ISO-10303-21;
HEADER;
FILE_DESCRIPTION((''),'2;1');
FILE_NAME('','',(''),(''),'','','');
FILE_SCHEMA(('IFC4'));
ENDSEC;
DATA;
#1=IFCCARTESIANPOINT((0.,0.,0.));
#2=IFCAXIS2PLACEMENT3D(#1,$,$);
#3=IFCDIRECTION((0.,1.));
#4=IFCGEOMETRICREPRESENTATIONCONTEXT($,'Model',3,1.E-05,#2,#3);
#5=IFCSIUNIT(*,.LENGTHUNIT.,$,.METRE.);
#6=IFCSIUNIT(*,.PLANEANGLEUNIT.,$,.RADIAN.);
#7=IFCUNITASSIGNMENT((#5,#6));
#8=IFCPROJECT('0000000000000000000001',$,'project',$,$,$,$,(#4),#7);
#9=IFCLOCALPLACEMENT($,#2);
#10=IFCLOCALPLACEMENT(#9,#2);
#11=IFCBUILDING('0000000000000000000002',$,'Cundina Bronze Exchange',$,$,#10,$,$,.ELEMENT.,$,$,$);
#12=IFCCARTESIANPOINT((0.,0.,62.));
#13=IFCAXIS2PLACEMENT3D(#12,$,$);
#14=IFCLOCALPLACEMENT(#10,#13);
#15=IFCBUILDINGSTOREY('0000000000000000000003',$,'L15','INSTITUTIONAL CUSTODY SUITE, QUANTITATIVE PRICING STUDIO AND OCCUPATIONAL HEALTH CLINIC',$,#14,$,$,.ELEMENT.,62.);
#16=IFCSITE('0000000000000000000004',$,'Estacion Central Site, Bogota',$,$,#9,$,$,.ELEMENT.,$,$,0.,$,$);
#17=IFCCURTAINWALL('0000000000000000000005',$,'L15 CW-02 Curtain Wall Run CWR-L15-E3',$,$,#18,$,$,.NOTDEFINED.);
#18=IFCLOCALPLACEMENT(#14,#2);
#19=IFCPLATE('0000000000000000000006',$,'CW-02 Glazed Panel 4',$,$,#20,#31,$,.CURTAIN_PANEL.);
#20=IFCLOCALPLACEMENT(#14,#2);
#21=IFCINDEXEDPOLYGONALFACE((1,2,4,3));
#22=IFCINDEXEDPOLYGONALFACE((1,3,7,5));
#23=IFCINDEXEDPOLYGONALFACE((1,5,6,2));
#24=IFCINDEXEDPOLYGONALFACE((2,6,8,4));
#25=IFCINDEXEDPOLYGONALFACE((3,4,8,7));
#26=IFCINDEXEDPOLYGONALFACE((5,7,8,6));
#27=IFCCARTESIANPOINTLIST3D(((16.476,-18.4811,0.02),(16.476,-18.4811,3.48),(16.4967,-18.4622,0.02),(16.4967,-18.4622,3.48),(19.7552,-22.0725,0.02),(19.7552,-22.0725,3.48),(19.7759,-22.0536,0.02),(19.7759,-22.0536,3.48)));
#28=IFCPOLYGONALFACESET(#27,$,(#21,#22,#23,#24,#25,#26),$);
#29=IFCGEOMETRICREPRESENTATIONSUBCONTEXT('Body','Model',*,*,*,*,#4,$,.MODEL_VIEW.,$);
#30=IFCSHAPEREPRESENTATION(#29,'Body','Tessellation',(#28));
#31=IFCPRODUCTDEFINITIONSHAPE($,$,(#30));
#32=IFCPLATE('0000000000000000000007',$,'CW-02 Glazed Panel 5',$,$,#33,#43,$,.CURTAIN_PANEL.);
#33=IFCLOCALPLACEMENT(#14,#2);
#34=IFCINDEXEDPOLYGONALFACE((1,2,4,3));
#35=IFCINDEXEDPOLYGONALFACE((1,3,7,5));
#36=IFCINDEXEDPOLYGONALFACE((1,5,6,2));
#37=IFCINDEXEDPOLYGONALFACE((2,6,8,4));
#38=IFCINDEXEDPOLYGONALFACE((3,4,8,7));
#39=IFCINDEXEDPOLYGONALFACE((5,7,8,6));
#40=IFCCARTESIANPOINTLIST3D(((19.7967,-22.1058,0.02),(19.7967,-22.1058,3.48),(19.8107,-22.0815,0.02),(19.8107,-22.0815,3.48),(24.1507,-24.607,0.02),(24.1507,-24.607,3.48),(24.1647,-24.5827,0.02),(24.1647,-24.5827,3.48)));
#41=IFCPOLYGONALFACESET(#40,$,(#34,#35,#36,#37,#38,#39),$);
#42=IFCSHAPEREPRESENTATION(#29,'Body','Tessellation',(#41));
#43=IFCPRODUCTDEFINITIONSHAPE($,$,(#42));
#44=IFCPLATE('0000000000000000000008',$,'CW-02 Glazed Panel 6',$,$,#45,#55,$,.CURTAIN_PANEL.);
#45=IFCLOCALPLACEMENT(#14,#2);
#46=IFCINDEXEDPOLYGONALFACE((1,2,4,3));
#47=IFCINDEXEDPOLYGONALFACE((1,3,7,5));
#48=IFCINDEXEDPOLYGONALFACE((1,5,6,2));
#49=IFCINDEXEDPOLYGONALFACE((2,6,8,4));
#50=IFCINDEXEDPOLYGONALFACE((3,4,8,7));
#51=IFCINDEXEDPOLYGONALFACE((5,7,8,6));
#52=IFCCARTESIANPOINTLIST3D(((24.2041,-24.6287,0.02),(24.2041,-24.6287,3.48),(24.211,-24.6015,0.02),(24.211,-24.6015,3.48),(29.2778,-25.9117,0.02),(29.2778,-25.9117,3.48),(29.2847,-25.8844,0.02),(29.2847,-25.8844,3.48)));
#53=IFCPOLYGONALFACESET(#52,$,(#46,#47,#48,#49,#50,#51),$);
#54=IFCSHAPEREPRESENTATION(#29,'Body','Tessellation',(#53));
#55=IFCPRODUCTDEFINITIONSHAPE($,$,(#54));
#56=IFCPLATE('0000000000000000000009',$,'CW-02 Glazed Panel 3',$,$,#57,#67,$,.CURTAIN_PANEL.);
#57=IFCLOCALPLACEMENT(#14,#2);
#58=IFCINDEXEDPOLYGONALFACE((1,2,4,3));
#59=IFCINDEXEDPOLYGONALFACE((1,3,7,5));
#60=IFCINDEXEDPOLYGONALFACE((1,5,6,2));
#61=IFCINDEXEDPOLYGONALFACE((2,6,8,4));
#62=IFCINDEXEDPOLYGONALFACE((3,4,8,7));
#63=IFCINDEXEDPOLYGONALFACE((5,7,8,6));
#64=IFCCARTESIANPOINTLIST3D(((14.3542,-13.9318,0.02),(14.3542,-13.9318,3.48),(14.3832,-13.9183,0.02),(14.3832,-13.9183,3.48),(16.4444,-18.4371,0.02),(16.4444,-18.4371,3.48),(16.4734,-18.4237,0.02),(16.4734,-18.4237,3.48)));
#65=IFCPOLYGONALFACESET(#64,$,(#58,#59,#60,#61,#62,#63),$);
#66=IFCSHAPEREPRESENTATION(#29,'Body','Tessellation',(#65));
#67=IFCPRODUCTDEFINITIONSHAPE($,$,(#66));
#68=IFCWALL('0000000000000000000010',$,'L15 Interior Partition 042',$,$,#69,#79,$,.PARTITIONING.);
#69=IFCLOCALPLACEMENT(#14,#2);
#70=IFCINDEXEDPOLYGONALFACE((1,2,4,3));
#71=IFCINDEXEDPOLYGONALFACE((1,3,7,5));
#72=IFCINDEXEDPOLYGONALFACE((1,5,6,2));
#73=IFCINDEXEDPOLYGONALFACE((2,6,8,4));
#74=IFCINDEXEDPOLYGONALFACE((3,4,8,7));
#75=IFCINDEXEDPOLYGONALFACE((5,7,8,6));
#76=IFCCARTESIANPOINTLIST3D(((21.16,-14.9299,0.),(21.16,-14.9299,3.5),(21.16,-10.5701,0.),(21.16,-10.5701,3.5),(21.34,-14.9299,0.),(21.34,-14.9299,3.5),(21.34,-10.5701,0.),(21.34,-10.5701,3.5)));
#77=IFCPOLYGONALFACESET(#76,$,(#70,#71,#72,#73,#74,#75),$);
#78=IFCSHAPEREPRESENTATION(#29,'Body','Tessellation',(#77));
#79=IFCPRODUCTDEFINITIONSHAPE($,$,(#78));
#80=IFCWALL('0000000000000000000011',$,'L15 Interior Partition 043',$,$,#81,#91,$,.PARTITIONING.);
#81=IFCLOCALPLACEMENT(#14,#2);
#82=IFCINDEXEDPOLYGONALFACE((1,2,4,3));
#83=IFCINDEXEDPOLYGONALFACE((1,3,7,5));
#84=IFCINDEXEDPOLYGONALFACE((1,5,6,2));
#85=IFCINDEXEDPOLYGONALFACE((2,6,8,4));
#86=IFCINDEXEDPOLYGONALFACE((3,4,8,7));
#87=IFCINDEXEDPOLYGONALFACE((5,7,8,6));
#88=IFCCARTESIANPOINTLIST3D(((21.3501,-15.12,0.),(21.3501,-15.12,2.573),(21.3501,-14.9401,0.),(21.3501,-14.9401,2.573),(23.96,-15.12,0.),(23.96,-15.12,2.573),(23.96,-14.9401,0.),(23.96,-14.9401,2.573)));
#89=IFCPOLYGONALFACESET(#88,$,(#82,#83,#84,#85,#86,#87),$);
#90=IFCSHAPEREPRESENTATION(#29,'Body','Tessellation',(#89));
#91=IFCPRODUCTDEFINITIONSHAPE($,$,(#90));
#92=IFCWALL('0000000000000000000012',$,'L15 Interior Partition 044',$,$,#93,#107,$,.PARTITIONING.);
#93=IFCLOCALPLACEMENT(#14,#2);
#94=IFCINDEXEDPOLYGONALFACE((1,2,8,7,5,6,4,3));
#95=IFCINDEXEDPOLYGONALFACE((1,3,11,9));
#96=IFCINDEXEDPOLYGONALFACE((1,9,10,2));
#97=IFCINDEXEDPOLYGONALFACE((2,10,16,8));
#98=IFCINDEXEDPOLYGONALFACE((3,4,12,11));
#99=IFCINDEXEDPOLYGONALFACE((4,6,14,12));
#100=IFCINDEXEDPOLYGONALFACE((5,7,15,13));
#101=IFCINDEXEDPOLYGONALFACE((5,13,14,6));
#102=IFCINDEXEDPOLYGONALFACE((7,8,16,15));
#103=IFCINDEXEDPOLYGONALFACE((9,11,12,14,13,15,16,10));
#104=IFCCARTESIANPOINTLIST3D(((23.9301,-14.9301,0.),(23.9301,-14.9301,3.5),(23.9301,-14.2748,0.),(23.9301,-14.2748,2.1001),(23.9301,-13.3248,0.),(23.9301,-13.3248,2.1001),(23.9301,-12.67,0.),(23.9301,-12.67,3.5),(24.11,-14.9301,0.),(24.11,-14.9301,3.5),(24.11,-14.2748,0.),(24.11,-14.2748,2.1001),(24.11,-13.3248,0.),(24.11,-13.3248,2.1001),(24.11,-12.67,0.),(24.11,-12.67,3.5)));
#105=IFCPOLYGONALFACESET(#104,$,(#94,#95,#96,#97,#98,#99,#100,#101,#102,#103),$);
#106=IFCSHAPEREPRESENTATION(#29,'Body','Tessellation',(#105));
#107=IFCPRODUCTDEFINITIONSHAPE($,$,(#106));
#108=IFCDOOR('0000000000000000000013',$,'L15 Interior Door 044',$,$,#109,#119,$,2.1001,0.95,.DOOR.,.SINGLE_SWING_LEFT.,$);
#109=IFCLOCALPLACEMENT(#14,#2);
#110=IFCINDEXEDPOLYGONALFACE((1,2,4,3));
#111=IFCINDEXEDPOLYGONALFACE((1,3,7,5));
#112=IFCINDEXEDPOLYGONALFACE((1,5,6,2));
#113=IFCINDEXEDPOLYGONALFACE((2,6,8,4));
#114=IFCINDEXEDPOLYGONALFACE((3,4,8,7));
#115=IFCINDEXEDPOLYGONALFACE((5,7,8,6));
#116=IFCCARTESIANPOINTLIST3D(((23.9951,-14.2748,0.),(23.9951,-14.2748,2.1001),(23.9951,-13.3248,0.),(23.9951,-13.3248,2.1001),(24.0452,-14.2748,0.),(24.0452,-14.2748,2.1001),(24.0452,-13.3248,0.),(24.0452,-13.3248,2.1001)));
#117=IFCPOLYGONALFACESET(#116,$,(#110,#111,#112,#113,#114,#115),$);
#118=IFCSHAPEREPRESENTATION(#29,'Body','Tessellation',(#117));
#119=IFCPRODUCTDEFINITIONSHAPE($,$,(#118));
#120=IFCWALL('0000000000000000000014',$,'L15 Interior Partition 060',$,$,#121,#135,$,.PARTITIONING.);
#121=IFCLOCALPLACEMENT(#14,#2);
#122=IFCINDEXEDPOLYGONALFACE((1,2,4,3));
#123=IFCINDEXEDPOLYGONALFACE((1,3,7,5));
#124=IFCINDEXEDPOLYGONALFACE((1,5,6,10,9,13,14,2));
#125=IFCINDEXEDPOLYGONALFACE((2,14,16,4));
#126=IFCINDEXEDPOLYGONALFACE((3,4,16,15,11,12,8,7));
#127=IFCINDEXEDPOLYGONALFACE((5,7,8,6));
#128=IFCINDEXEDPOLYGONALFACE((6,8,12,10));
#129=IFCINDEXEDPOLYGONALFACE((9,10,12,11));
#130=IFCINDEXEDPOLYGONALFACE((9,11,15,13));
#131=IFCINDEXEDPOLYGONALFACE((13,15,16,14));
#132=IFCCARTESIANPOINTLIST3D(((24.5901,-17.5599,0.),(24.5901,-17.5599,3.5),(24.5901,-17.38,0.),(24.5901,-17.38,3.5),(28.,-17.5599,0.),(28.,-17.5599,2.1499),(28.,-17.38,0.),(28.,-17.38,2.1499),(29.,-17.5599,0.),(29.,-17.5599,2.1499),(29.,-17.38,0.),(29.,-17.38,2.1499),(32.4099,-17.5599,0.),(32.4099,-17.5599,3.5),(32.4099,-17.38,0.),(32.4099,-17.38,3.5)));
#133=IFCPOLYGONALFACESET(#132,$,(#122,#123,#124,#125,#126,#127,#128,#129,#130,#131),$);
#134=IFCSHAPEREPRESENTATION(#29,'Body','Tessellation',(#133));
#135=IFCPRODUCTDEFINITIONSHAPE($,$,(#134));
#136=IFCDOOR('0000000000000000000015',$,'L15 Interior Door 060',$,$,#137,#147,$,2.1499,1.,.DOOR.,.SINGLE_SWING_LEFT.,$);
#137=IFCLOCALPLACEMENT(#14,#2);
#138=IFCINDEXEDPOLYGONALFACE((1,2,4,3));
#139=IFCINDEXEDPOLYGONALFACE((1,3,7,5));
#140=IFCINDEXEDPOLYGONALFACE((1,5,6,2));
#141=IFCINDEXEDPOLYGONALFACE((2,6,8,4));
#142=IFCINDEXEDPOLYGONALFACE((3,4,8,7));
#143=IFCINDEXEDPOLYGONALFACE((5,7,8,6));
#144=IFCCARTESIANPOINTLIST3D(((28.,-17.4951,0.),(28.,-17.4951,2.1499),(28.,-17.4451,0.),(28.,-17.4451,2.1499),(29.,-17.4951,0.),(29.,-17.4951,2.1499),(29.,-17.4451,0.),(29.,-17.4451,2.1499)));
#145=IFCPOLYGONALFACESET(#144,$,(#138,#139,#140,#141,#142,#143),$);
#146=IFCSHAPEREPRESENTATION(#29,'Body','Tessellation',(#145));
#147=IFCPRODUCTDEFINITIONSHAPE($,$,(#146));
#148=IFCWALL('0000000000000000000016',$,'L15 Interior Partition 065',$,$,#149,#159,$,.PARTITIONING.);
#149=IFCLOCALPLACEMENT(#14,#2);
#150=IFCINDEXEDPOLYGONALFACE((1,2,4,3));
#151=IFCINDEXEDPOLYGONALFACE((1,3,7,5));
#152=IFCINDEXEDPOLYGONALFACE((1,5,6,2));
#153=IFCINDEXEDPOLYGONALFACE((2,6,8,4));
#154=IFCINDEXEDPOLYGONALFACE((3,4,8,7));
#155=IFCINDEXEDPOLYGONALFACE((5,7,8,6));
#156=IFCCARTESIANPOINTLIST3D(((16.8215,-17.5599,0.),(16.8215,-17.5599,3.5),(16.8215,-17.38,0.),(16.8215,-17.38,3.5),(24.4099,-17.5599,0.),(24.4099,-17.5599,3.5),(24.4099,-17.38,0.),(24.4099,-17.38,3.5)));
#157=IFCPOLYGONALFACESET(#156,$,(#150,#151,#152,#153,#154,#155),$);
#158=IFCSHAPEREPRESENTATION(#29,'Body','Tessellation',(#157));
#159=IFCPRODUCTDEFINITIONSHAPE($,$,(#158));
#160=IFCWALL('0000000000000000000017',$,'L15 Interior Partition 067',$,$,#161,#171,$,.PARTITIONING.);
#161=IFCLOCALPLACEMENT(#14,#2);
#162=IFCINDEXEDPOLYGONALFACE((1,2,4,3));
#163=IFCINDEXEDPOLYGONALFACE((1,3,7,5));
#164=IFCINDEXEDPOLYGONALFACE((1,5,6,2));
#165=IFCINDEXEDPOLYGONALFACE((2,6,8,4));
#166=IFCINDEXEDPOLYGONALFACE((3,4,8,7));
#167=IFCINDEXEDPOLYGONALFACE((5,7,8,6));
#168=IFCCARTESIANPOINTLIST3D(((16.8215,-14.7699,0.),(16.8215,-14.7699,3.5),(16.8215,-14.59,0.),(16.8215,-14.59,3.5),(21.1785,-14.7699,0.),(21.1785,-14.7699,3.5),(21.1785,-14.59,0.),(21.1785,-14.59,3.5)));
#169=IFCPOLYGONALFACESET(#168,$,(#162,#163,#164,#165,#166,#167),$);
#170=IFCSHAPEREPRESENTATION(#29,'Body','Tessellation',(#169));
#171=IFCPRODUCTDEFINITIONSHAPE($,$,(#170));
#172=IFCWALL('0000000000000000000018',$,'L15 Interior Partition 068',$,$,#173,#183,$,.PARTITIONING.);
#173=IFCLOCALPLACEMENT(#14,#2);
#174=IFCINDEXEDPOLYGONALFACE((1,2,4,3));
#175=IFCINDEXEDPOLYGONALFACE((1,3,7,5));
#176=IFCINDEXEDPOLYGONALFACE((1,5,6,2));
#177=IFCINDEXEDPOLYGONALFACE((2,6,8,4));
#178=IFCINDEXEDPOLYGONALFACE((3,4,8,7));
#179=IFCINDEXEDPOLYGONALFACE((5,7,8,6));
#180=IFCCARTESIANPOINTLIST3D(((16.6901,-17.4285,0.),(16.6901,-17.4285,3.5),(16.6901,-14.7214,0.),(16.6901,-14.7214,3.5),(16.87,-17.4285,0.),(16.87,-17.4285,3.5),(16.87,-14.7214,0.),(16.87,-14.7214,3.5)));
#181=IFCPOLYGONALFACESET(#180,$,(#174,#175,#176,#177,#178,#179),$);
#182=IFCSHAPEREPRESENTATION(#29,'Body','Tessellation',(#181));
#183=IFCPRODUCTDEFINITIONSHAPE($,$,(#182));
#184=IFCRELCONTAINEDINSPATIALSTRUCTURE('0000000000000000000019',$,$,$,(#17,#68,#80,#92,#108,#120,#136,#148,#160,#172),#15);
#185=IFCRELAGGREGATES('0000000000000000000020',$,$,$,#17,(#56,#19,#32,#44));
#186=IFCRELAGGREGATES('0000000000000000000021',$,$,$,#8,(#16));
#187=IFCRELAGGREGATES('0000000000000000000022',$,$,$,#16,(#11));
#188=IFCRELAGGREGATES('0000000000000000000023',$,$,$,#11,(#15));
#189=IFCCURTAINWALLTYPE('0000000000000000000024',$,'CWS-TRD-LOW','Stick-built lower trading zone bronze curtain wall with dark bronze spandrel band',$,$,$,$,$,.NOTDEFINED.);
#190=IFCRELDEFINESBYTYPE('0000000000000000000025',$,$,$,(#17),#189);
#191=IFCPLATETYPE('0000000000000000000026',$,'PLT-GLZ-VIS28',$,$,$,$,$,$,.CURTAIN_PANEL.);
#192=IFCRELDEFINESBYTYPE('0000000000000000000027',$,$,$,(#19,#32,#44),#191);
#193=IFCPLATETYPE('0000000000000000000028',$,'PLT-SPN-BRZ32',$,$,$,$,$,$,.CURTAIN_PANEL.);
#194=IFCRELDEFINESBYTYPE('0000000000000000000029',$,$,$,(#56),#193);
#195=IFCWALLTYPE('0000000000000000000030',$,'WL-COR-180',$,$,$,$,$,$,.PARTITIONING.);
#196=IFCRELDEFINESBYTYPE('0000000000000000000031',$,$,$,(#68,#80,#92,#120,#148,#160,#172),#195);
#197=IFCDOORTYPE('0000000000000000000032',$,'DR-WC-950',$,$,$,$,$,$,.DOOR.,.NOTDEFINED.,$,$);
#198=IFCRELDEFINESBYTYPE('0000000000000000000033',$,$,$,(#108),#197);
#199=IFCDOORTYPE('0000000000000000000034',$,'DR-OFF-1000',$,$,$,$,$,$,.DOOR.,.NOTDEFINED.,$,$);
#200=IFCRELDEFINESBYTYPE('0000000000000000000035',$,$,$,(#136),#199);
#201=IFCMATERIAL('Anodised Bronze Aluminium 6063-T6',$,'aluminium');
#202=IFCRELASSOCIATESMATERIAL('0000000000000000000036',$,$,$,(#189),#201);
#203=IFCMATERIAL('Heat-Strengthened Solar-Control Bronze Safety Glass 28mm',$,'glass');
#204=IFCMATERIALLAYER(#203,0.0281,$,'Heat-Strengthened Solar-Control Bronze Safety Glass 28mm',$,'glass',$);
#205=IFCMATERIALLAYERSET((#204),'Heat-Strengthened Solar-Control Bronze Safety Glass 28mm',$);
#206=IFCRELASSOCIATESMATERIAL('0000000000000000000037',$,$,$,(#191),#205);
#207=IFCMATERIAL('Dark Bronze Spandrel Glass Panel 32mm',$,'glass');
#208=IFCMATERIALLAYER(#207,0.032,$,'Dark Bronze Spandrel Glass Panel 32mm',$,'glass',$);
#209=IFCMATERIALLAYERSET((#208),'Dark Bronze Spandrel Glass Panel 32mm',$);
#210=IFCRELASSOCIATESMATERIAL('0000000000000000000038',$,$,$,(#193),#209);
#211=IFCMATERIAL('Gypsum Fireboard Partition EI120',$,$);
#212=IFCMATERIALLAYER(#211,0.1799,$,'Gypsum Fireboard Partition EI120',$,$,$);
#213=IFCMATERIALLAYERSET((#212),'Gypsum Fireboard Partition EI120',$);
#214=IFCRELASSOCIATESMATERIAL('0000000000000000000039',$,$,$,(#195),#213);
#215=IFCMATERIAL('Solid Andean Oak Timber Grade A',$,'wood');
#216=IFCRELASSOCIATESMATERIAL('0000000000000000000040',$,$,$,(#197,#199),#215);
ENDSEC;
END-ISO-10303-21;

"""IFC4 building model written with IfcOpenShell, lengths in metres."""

from ifc_helpers import new_model, si_unit, direction, frame, frame_2d, origin, origin_2d, place, context, subcontext, project, spatial, rectangle, extrude, material, layer, layer_set, type_object, element, fill, aggregate, save


model = new_model("IFC4")

# Units and contexts
model_context = context("Model", 3, precision=1e-05, world=origin(), true_north=direction((0.0, 1.0)))
body_context = subcontext(model_context, "Body", "Model", "MODEL_VIEW")
ifc_project = project(units=[si_unit("LENGTHUNIT", "METRE"), si_unit("PLANEANGLEUNIT", "RADIAN")], contexts=[model_context])

# Site, building, storey
site_placement = place(None, origin())
site = spatial("IfcSite", under=ifc_project, at=site_placement, Name="Estacion Central Site, Bogota", CompositionType="ELEMENT", RefElevation=0.0)
building_placement = place(site_placement, origin())
building = spatial("IfcBuilding", under=site, at=building_placement, Name="Cundina Bronze Exchange", CompositionType="ELEMENT")
storey_placement = place(building_placement, frame((0.0, 0.0, 62.0)))
storey = spatial("IfcBuildingStorey", under=building, at=storey_placement, Name="L15", Description="INSTITUTIONAL CUSTODY SUITE, QUANTITATIVE PRICING STUDIO AND OCCUPATIONAL HEALTH CLINIC", CompositionType="ELEMENT", Elevation=62.0)

# Curtain wall, plates
ifc_material_1 = material(Name="Anodised Bronze Aluminium 6063-T6", Category="aluminium")
curtain_wall_type = type_object("IfcCurtainWallType", Name="CWS-TRD-LOW", Description="Stick-built lower trading zone bronze curtain wall with dark bronze spandrel band", PredefinedType="NOTDEFINED", material=ifc_material_1)
curtain_wall_placement = place(storey_placement, origin())
curtain_wall = element("IfcCurtainWall", 1, at=curtain_wall_placement, inside=storey, type_object=curtain_wall_type, Name="L15 CW-02 Curtain Wall Run CWR-L15-E3", PredefinedType="NOTDEFINED")
ifc_material_2 = material(Name="Heat-Strengthened Solar-Control Bronze Safety Glass 28mm", Category="glass")
ifc_layer_1 = layer(ifc_material_2, 0.0281, Name="Heat-Strengthened Solar-Control Bronze Safety Glass 28mm", Category="glass")
ifc_layer_set_1 = layer_set([ifc_layer_1], Name="Heat-Strengthened Solar-Control Bronze Safety Glass 28mm")
plate_type_1 = type_object("IfcPlateType", Name="PLT-GLZ-VIS28", PredefinedType="CURTAIN_PANEL", material=ifc_layer_set_1)
plate_1_placement = place(storey_placement, frame((18.126, -20.2673, 0.02), z_axis=(0.0, 0.0, 1.0), x_axis=(0.674277, -0.738479, 0.0)))
plate_1 = element("IfcPlate", 2, at=plate_1_placement, type_object=plate_type_1, Name="CW-02 Glazed Panel 4", PredefinedType="CURTAIN_PANEL", context=body_context, shape_type="SweptSolid", body=[
    extrude(rectangle(XDim=4.8633, YDim=0.0281, at=origin_2d()), origin(), (0.0, 0.0, 1.0), 3.46),
])
plate_2_placement = place(storey_placement, frame((21.9807, -23.3442, 0.02), z_axis=(0.0, 0.0, 1.0), x_axis=(0.867105, -0.498125, 0.0)))
plate_2 = element("IfcPlate", 3, at=plate_2_placement, type_object=plate_type_1, Name="CW-02 Glazed Panel 5", PredefinedType="CURTAIN_PANEL", context=body_context, shape_type="SweptSolid", body=[
    extrude(rectangle(XDim=5.0212, YDim=0.0281, at=origin_2d()), origin(), (0.0, 0.0, 1.0), 3.46),
])
plate_3_placement = place(storey_placement, frame((26.7444, -25.2566, 0.02), z_axis=(0.0, 0.0, 1.0), x_axis=(0.969488, -0.245138, 0.0)))
plate_3 = element("IfcPlate", 4, at=plate_3_placement, type_object=plate_type_1, Name="CW-02 Glazed Panel 6", PredefinedType="CURTAIN_PANEL", context=body_context, shape_type="SweptSolid", body=[
    extrude(rectangle(XDim=5.2334, YDim=0.0281, at=origin_2d()), origin(), (0.0, 0.0, 1.0), 3.46),
])
ifc_material_3 = material(Name="Dark Bronze Spandrel Glass Panel 32mm", Category="glass")
ifc_layer_2 = layer(ifc_material_3, 0.032, Name="Dark Bronze Spandrel Glass Panel 32mm", Category="glass")
ifc_layer_set_2 = layer_set([ifc_layer_2], Name="Dark Bronze Spandrel Glass Panel 32mm")
plate_type_2 = type_object("IfcPlateType", Name="PLT-SPN-BRZ32", PredefinedType="CURTAIN_PANEL", material=ifc_layer_set_2)
plate_4_placement = place(storey_placement, frame((15.4138, -16.1777, 0.02), z_axis=(0.0, 0.0, 1.0), x_axis=(0.420846, -0.907132, 0.0)))
plate_4 = element("IfcPlate", 5, at=plate_4_placement, type_object=plate_type_2, Name="CW-02 Glazed Panel 3", PredefinedType="CURTAIN_PANEL", context=body_context, shape_type="SweptSolid", body=[
    extrude(rectangle(XDim=4.9666, YDim=0.032, at=origin_2d()), origin(), (0.0, 0.0, 1.0), 3.46),
])
aggregate(curtain_wall, [plate_4, plate_1, plate_2, plate_3])

# Walls
ifc_material_4 = material(Name="Gypsum Fireboard Partition EI120")
ifc_layer_3 = layer(ifc_material_4, 0.1799, Name="Gypsum Fireboard Partition EI120")
ifc_layer_set_3 = layer_set([ifc_layer_3], Name="Gypsum Fireboard Partition EI120")
wall_type_1 = type_object("IfcWallType", Name="WL-COR-180", PredefinedType="PARTITIONING", material=ifc_layer_set_3)
wall_1_placement = place(storey_placement, frame((21.25, -14.9299, 0.0), z_axis=(0.0, 0.0, 1.0), x_axis=(0.0, 1.0, 0.0)))
element("IfcWall", 6, at=wall_1_placement, inside=storey, type_object=wall_type_1, Name="L15 Interior Partition 042", PredefinedType="PARTITIONING", context=body_context, shape_type="SweptSolid", body=[
    extrude(rectangle(XDim=4.3599, YDim=0.1799, at=frame_2d((2.1799, 0.0))), origin(), (0.0, 0.0, 1.0), 3.5),
])
wall_2_placement = place(storey_placement, frame((21.3501, -15.03, 0.0), z_axis=(0.0, 0.0, 1.0), x_axis=(1.0, 0.0, 0.0)))
element("IfcWall", 7, at=wall_2_placement, inside=storey, type_object=wall_type_1, Name="L15 Interior Partition 043", PredefinedType="PARTITIONING", context=body_context, shape_type="SweptSolid", body=[
    extrude(rectangle(XDim=2.6099, YDim=0.1799, at=frame_2d((1.3049, 0.0))), origin(), (0.0, 0.0, 1.0), 2.573),
])

# Walls, openings, doors
wall_3_placement = place(storey_placement, frame((24.02, -14.9299, 0.0), z_axis=(0.0, 0.0, 1.0), x_axis=(0.0, 1.0, 0.0)))
wall_3 = element("IfcWall", 8, at=wall_3_placement, inside=storey, type_object=wall_type_1, Name="L15 Interior Partition 044", PredefinedType="PARTITIONING", context=body_context, shape_type="SweptSolid", body=[
    extrude(rectangle(XDim=2.26, YDim=0.1799, at=frame_2d((1.1299, 0.0))), origin(), (0.0, 0.0, 1.0), 3.5),
])
opening_1_placement = place(wall_3_placement, frame((0.655, 0.0, 0.0)))
opening_1 = element("IfcOpeningElement", 9, at=opening_1_placement, cuts=wall_3, PredefinedType="OPENING", context=body_context, shape_type="SweptSolid", body=[
    extrude(rectangle(XDim=0.95, YDim=2.1001, at=frame_2d((0.4751, 1.05))), frame((0.0, 0.0999, 0.0), z_axis=(0.0, -1.0, 0.0), x_axis=(1.0, 0.0, 0.0)), (0.0, 0.0, 1.0), 0.2),
])
ifc_material_5 = material(Name="Solid Andean Oak Timber Grade A", Category="wood")
door_type_1 = type_object("IfcDoorType", Name="DR-WC-950", OperationType="NOTDEFINED", PredefinedType="DOOR", material=ifc_material_5)
door_1_placement = place(opening_1_placement, origin())
door_1 = element("IfcDoor", 10, at=door_1_placement, inside=storey, type_object=door_type_1, Name="L15 Interior Door 044", OperationType="SINGLE_SWING_LEFT", OverallHeight=2.1001, OverallWidth=0.95, PredefinedType="DOOR", context=body_context, shape_type="SweptSolid", body=[
    extrude(rectangle(XDim=0.95, YDim=2.1001, at=frame_2d((0.4751, 1.05))), frame((0.0, 0.0249, 0.0), z_axis=(0.0, -1.0, 0.0), x_axis=(1.0, 0.0, 0.0)), (0.0, 0.0, 1.0), 0.05),
])
fill(opening_1, door_1)
wall_4_placement = place(storey_placement, frame((24.5901, -17.47, 0.0), z_axis=(0.0, 0.0, 1.0), x_axis=(1.0, 0.0, 0.0)))
wall_4 = element("IfcWall", 11, at=wall_4_placement, inside=storey, type_object=wall_type_1, Name="L15 Interior Partition 060", PredefinedType="PARTITIONING", context=body_context, shape_type="SweptSolid", body=[
    extrude(rectangle(XDim=7.8198, YDim=0.1799, at=frame_2d((3.9099, 0.0))), origin(), (0.0, 0.0, 1.0), 3.5),
])
opening_2_placement = place(wall_4_placement, frame((3.4099, 0.0, 0.0)))
opening_2 = element("IfcOpeningElement", 12, at=opening_2_placement, cuts=wall_4, PredefinedType="OPENING", context=body_context, shape_type="SweptSolid", body=[
    extrude(rectangle(XDim=1.0, YDim=2.1499, at=frame_2d((0.5, 1.075))), frame((0.0, 0.0999, 0.0), z_axis=(0.0, -1.0, 0.0), x_axis=(1.0, 0.0, 0.0)), (0.0, 0.0, 1.0), 0.2),
])
door_type_2 = type_object("IfcDoorType", Name="DR-OFF-1000", OperationType="NOTDEFINED", PredefinedType="DOOR", material=ifc_material_5)
door_2_placement = place(opening_2_placement, origin())
door_2 = element("IfcDoor", 13, at=door_2_placement, inside=storey, type_object=door_type_2, Name="L15 Interior Door 060", OperationType="SINGLE_SWING_LEFT", OverallHeight=2.1499, OverallWidth=1.0, PredefinedType="DOOR", context=body_context, shape_type="SweptSolid", body=[
    extrude(rectangle(XDim=1.0, YDim=2.1499, at=frame_2d((0.5, 1.075))), frame((0.0, 0.0249, 0.0), z_axis=(0.0, -1.0, 0.0), x_axis=(1.0, 0.0, 0.0)), (0.0, 0.0, 1.0), 0.05),
])
fill(opening_2, door_2)

# Walls
wall_5_placement = place(storey_placement, frame((16.8215, -17.47, 0.0), z_axis=(0.0, 0.0, 1.0), x_axis=(1.0, 0.0, 0.0)))
element("IfcWall", 14, at=wall_5_placement, inside=storey, type_object=wall_type_1, Name="L15 Interior Partition 065", PredefinedType="PARTITIONING", context=body_context, shape_type="SweptSolid", body=[
    extrude(rectangle(XDim=7.5884, YDim=0.1799, at=frame_2d((3.7942, 0.0))), origin(), (0.0, 0.0, 1.0), 3.5),
])
wall_6_placement = place(storey_placement, frame((21.1785, -14.6799, 0.0), z_axis=(0.0, 0.0, 1.0), x_axis=(-1.0, 0.0, 0.0)))
element("IfcWall", 15, at=wall_6_placement, inside=storey, type_object=wall_type_1, Name="L15 Interior Partition 067", PredefinedType="PARTITIONING", context=body_context, shape_type="SweptSolid", body=[
    extrude(rectangle(XDim=4.3569, YDim=0.1799, at=frame_2d((2.1785, 0.0))), origin(), (0.0, 0.0, 1.0), 3.5),
])
wall_7_placement = place(storey_placement, frame((16.78, -14.7214, 0.0), z_axis=(0.0, 0.0, 1.0), x_axis=(0.0, -1.0, 0.0)))
element("IfcWall", 16, at=wall_7_placement, inside=storey, type_object=wall_type_1, Name="L15 Interior Partition 068", PredefinedType="PARTITIONING", context=body_context, shape_type="SweptSolid", body=[
    extrude(rectangle(XDim=2.707, YDim=0.1799, at=frame_2d((1.3535, 0.0))), origin(), (0.0, 0.0, 1.0), 3.5),
])

save(model, "model.ifc")
